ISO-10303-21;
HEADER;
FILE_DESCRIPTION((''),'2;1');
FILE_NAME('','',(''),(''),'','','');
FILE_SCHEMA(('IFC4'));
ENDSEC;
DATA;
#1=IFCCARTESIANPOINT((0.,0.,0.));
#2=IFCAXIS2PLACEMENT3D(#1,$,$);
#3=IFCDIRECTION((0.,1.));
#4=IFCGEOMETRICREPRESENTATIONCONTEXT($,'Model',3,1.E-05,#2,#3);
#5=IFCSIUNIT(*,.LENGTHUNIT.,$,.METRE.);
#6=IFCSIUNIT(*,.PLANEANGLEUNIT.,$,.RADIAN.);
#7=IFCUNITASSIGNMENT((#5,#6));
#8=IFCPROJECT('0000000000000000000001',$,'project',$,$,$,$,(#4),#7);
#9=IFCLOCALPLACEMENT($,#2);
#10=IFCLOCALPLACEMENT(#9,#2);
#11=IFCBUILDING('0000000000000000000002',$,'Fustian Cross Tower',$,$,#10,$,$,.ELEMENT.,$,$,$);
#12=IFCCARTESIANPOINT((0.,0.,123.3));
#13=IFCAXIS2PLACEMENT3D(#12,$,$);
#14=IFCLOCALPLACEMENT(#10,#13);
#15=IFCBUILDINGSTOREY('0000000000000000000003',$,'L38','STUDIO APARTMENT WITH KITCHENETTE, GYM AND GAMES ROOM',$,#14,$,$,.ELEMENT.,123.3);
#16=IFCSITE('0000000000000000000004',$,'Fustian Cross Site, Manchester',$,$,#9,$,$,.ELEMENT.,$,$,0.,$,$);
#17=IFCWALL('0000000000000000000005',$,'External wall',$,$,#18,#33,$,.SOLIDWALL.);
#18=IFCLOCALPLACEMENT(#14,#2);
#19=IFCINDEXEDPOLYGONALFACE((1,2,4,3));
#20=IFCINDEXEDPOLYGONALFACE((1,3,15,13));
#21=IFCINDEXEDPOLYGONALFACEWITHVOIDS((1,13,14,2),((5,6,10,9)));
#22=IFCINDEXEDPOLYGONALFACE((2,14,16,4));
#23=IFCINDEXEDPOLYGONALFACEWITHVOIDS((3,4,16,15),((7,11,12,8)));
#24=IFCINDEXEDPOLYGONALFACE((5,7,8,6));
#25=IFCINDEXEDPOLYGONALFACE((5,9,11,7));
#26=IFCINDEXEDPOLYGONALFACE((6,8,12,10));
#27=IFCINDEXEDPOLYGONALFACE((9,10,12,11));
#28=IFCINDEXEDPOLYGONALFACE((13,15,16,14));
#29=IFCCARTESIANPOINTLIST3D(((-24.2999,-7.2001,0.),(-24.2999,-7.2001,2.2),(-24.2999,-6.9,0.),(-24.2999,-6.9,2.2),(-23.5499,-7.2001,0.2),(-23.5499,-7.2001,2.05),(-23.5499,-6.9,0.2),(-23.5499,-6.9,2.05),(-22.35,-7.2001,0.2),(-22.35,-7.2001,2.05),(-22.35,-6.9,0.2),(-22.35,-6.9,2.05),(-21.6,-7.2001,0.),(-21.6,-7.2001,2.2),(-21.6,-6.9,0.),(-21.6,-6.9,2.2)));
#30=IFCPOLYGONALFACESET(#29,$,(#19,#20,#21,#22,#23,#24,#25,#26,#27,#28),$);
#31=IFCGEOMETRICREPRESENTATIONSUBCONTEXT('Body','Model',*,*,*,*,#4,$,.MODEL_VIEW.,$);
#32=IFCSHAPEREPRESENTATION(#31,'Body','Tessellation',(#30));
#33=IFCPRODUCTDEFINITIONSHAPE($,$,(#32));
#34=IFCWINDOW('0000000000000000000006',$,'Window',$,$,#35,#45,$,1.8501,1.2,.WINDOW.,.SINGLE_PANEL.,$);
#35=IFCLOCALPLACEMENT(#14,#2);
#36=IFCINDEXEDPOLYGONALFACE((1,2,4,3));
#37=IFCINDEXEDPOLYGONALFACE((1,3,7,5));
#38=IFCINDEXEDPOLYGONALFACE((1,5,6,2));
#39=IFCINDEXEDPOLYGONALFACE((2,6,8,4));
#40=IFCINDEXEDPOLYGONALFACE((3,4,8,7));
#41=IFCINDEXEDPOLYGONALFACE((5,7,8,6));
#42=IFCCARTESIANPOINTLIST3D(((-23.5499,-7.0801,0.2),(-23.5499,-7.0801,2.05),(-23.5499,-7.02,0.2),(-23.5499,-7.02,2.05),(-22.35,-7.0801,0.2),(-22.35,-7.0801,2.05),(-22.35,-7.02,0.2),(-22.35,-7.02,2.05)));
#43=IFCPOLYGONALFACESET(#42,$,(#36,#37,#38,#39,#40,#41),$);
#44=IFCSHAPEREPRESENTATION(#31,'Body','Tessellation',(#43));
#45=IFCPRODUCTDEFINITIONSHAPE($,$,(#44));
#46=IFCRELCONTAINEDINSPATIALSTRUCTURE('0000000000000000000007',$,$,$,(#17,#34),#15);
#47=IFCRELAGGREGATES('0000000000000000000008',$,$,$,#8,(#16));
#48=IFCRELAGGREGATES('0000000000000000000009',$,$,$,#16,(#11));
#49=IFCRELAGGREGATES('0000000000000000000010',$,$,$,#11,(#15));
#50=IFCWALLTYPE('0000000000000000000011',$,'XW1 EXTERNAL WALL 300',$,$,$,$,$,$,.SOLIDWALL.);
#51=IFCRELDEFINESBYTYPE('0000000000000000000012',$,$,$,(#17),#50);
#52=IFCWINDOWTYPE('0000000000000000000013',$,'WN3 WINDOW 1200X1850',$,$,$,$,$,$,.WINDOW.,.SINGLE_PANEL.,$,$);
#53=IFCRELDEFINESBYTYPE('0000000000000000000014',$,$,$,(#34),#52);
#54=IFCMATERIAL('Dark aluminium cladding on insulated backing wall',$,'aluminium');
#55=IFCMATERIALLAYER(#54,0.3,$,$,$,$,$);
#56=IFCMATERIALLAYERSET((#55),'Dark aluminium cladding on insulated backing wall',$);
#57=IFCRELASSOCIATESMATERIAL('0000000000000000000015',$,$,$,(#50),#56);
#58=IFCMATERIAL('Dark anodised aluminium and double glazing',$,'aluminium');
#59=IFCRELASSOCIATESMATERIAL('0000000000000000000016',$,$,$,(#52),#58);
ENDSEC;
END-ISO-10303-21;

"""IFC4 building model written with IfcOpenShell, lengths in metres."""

from ifc_helpers import new_model, si_unit, direction, frame, frame_2d, origin, place, context, subcontext, project, spatial, rectangle, extrude, material, layer, layer_set, type_object, element, fill, save


model = new_model("IFC4")

# Units and contexts
model_context = context("Model", 3, precision=1e-05, world=origin(), true_north=direction((0.0, 1.0)))
body_context = subcontext(model_context, "Body", "Model", "MODEL_VIEW")
ifc_project = project(units=[si_unit("LENGTHUNIT", "METRE"), si_unit("PLANEANGLEUNIT", "RADIAN")], contexts=[model_context])

# Site, building, storey
site_placement = place(None, origin())
site = spatial("IfcSite", under=ifc_project, at=site_placement, Name="Fustian Cross Site, Manchester", CompositionType="ELEMENT", RefElevation=0.0)
building_placement = place(site_placement, origin())
building = spatial("IfcBuilding", under=site, at=building_placement, Name="Fustian Cross Tower", CompositionType="ELEMENT")
storey_placement = place(building_placement, frame((0.0, 0.0, 123.3)))
storey = spatial("IfcBuildingStorey", under=building, at=storey_placement, Name="L38", Description="STUDIO APARTMENT WITH KITCHENETTE, GYM AND GAMES ROOM", CompositionType="ELEMENT", Elevation=123.3)

# Wall, opening, window
ifc_material_1 = material(Name="Dark aluminium cladding on insulated backing wall", Category="aluminium")
ifc_layer_1 = layer(ifc_material_1, 0.3)
ifc_layer_set_1 = layer_set([ifc_layer_1], Name="Dark aluminium cladding on insulated backing wall")
wall_type_1 = type_object("IfcWallType", Name="XW1 EXTERNAL WALL 300", PredefinedType="SOLIDWALL", material=ifc_layer_set_1)
ifc_material_2 = material(Name="Dark anodised aluminium and double glazing", Category="aluminium")
window_type_1 = type_object("IfcWindowType", Name="WN3 WINDOW 1200X1850", PartitioningType="SINGLE_PANEL", PredefinedType="WINDOW", material=ifc_material_2)
wall_1_placement = place(storey_placement, frame((-24.3, -7.05, 0.0), z_axis=(0.0, 0.0, 1.0), x_axis=(1.0, 0.0, 0.0)))
wall_1 = element("IfcWall", 1, at=wall_1_placement, inside=storey, type_object=wall_type_1, Name="External wall", PredefinedType="SOLIDWALL", context=body_context, shape_type="SweptSolid", body=[
    extrude(rectangle(XDim=2.7, YDim=0.3, at=frame_2d((1.3501, 0.0))), origin(), (0.0, 0.0, 1.0), 2.2),
])
opening_1_placement = place(wall_1_placement, frame((0.75, 0.0, 0.2)))
opening_1 = element("IfcOpeningElement", 2, at=opening_1_placement, cuts=wall_1, PredefinedType="OPENING", context=body_context, shape_type="SweptSolid", body=[
    extrude(rectangle(XDim=1.2, YDim=1.8501, at=frame_2d((0.6001, 0.925))), frame((0.0, 0.1599, 0.0), z_axis=(0.0, -1.0, 0.0), x_axis=(1.0, 0.0, 0.0)), (0.0, 0.0, 1.0), 0.3201),
])
window_1_placement = place(opening_1_placement, origin())
window_1 = element("IfcWindow", 3, at=window_1_placement, inside=storey, type_object=window_type_1, Name="Window", OverallHeight=1.8501, OverallWidth=1.2, PartitioningType="SINGLE_PANEL", PredefinedType="WINDOW", context=body_context, shape_type="SweptSolid", body=[
    extrude(rectangle(XDim=1.2, YDim=1.8501, at=frame_2d((0.6001, 0.925))), frame((0.0, 0.03, 0.0), z_axis=(0.0, -1.0, 0.0), x_axis=(1.0, 0.0, 0.0)), (0.0, 0.0, 1.0), 0.0601),
])
fill(opening_1, window_1)

save(model, "model.ifc")
